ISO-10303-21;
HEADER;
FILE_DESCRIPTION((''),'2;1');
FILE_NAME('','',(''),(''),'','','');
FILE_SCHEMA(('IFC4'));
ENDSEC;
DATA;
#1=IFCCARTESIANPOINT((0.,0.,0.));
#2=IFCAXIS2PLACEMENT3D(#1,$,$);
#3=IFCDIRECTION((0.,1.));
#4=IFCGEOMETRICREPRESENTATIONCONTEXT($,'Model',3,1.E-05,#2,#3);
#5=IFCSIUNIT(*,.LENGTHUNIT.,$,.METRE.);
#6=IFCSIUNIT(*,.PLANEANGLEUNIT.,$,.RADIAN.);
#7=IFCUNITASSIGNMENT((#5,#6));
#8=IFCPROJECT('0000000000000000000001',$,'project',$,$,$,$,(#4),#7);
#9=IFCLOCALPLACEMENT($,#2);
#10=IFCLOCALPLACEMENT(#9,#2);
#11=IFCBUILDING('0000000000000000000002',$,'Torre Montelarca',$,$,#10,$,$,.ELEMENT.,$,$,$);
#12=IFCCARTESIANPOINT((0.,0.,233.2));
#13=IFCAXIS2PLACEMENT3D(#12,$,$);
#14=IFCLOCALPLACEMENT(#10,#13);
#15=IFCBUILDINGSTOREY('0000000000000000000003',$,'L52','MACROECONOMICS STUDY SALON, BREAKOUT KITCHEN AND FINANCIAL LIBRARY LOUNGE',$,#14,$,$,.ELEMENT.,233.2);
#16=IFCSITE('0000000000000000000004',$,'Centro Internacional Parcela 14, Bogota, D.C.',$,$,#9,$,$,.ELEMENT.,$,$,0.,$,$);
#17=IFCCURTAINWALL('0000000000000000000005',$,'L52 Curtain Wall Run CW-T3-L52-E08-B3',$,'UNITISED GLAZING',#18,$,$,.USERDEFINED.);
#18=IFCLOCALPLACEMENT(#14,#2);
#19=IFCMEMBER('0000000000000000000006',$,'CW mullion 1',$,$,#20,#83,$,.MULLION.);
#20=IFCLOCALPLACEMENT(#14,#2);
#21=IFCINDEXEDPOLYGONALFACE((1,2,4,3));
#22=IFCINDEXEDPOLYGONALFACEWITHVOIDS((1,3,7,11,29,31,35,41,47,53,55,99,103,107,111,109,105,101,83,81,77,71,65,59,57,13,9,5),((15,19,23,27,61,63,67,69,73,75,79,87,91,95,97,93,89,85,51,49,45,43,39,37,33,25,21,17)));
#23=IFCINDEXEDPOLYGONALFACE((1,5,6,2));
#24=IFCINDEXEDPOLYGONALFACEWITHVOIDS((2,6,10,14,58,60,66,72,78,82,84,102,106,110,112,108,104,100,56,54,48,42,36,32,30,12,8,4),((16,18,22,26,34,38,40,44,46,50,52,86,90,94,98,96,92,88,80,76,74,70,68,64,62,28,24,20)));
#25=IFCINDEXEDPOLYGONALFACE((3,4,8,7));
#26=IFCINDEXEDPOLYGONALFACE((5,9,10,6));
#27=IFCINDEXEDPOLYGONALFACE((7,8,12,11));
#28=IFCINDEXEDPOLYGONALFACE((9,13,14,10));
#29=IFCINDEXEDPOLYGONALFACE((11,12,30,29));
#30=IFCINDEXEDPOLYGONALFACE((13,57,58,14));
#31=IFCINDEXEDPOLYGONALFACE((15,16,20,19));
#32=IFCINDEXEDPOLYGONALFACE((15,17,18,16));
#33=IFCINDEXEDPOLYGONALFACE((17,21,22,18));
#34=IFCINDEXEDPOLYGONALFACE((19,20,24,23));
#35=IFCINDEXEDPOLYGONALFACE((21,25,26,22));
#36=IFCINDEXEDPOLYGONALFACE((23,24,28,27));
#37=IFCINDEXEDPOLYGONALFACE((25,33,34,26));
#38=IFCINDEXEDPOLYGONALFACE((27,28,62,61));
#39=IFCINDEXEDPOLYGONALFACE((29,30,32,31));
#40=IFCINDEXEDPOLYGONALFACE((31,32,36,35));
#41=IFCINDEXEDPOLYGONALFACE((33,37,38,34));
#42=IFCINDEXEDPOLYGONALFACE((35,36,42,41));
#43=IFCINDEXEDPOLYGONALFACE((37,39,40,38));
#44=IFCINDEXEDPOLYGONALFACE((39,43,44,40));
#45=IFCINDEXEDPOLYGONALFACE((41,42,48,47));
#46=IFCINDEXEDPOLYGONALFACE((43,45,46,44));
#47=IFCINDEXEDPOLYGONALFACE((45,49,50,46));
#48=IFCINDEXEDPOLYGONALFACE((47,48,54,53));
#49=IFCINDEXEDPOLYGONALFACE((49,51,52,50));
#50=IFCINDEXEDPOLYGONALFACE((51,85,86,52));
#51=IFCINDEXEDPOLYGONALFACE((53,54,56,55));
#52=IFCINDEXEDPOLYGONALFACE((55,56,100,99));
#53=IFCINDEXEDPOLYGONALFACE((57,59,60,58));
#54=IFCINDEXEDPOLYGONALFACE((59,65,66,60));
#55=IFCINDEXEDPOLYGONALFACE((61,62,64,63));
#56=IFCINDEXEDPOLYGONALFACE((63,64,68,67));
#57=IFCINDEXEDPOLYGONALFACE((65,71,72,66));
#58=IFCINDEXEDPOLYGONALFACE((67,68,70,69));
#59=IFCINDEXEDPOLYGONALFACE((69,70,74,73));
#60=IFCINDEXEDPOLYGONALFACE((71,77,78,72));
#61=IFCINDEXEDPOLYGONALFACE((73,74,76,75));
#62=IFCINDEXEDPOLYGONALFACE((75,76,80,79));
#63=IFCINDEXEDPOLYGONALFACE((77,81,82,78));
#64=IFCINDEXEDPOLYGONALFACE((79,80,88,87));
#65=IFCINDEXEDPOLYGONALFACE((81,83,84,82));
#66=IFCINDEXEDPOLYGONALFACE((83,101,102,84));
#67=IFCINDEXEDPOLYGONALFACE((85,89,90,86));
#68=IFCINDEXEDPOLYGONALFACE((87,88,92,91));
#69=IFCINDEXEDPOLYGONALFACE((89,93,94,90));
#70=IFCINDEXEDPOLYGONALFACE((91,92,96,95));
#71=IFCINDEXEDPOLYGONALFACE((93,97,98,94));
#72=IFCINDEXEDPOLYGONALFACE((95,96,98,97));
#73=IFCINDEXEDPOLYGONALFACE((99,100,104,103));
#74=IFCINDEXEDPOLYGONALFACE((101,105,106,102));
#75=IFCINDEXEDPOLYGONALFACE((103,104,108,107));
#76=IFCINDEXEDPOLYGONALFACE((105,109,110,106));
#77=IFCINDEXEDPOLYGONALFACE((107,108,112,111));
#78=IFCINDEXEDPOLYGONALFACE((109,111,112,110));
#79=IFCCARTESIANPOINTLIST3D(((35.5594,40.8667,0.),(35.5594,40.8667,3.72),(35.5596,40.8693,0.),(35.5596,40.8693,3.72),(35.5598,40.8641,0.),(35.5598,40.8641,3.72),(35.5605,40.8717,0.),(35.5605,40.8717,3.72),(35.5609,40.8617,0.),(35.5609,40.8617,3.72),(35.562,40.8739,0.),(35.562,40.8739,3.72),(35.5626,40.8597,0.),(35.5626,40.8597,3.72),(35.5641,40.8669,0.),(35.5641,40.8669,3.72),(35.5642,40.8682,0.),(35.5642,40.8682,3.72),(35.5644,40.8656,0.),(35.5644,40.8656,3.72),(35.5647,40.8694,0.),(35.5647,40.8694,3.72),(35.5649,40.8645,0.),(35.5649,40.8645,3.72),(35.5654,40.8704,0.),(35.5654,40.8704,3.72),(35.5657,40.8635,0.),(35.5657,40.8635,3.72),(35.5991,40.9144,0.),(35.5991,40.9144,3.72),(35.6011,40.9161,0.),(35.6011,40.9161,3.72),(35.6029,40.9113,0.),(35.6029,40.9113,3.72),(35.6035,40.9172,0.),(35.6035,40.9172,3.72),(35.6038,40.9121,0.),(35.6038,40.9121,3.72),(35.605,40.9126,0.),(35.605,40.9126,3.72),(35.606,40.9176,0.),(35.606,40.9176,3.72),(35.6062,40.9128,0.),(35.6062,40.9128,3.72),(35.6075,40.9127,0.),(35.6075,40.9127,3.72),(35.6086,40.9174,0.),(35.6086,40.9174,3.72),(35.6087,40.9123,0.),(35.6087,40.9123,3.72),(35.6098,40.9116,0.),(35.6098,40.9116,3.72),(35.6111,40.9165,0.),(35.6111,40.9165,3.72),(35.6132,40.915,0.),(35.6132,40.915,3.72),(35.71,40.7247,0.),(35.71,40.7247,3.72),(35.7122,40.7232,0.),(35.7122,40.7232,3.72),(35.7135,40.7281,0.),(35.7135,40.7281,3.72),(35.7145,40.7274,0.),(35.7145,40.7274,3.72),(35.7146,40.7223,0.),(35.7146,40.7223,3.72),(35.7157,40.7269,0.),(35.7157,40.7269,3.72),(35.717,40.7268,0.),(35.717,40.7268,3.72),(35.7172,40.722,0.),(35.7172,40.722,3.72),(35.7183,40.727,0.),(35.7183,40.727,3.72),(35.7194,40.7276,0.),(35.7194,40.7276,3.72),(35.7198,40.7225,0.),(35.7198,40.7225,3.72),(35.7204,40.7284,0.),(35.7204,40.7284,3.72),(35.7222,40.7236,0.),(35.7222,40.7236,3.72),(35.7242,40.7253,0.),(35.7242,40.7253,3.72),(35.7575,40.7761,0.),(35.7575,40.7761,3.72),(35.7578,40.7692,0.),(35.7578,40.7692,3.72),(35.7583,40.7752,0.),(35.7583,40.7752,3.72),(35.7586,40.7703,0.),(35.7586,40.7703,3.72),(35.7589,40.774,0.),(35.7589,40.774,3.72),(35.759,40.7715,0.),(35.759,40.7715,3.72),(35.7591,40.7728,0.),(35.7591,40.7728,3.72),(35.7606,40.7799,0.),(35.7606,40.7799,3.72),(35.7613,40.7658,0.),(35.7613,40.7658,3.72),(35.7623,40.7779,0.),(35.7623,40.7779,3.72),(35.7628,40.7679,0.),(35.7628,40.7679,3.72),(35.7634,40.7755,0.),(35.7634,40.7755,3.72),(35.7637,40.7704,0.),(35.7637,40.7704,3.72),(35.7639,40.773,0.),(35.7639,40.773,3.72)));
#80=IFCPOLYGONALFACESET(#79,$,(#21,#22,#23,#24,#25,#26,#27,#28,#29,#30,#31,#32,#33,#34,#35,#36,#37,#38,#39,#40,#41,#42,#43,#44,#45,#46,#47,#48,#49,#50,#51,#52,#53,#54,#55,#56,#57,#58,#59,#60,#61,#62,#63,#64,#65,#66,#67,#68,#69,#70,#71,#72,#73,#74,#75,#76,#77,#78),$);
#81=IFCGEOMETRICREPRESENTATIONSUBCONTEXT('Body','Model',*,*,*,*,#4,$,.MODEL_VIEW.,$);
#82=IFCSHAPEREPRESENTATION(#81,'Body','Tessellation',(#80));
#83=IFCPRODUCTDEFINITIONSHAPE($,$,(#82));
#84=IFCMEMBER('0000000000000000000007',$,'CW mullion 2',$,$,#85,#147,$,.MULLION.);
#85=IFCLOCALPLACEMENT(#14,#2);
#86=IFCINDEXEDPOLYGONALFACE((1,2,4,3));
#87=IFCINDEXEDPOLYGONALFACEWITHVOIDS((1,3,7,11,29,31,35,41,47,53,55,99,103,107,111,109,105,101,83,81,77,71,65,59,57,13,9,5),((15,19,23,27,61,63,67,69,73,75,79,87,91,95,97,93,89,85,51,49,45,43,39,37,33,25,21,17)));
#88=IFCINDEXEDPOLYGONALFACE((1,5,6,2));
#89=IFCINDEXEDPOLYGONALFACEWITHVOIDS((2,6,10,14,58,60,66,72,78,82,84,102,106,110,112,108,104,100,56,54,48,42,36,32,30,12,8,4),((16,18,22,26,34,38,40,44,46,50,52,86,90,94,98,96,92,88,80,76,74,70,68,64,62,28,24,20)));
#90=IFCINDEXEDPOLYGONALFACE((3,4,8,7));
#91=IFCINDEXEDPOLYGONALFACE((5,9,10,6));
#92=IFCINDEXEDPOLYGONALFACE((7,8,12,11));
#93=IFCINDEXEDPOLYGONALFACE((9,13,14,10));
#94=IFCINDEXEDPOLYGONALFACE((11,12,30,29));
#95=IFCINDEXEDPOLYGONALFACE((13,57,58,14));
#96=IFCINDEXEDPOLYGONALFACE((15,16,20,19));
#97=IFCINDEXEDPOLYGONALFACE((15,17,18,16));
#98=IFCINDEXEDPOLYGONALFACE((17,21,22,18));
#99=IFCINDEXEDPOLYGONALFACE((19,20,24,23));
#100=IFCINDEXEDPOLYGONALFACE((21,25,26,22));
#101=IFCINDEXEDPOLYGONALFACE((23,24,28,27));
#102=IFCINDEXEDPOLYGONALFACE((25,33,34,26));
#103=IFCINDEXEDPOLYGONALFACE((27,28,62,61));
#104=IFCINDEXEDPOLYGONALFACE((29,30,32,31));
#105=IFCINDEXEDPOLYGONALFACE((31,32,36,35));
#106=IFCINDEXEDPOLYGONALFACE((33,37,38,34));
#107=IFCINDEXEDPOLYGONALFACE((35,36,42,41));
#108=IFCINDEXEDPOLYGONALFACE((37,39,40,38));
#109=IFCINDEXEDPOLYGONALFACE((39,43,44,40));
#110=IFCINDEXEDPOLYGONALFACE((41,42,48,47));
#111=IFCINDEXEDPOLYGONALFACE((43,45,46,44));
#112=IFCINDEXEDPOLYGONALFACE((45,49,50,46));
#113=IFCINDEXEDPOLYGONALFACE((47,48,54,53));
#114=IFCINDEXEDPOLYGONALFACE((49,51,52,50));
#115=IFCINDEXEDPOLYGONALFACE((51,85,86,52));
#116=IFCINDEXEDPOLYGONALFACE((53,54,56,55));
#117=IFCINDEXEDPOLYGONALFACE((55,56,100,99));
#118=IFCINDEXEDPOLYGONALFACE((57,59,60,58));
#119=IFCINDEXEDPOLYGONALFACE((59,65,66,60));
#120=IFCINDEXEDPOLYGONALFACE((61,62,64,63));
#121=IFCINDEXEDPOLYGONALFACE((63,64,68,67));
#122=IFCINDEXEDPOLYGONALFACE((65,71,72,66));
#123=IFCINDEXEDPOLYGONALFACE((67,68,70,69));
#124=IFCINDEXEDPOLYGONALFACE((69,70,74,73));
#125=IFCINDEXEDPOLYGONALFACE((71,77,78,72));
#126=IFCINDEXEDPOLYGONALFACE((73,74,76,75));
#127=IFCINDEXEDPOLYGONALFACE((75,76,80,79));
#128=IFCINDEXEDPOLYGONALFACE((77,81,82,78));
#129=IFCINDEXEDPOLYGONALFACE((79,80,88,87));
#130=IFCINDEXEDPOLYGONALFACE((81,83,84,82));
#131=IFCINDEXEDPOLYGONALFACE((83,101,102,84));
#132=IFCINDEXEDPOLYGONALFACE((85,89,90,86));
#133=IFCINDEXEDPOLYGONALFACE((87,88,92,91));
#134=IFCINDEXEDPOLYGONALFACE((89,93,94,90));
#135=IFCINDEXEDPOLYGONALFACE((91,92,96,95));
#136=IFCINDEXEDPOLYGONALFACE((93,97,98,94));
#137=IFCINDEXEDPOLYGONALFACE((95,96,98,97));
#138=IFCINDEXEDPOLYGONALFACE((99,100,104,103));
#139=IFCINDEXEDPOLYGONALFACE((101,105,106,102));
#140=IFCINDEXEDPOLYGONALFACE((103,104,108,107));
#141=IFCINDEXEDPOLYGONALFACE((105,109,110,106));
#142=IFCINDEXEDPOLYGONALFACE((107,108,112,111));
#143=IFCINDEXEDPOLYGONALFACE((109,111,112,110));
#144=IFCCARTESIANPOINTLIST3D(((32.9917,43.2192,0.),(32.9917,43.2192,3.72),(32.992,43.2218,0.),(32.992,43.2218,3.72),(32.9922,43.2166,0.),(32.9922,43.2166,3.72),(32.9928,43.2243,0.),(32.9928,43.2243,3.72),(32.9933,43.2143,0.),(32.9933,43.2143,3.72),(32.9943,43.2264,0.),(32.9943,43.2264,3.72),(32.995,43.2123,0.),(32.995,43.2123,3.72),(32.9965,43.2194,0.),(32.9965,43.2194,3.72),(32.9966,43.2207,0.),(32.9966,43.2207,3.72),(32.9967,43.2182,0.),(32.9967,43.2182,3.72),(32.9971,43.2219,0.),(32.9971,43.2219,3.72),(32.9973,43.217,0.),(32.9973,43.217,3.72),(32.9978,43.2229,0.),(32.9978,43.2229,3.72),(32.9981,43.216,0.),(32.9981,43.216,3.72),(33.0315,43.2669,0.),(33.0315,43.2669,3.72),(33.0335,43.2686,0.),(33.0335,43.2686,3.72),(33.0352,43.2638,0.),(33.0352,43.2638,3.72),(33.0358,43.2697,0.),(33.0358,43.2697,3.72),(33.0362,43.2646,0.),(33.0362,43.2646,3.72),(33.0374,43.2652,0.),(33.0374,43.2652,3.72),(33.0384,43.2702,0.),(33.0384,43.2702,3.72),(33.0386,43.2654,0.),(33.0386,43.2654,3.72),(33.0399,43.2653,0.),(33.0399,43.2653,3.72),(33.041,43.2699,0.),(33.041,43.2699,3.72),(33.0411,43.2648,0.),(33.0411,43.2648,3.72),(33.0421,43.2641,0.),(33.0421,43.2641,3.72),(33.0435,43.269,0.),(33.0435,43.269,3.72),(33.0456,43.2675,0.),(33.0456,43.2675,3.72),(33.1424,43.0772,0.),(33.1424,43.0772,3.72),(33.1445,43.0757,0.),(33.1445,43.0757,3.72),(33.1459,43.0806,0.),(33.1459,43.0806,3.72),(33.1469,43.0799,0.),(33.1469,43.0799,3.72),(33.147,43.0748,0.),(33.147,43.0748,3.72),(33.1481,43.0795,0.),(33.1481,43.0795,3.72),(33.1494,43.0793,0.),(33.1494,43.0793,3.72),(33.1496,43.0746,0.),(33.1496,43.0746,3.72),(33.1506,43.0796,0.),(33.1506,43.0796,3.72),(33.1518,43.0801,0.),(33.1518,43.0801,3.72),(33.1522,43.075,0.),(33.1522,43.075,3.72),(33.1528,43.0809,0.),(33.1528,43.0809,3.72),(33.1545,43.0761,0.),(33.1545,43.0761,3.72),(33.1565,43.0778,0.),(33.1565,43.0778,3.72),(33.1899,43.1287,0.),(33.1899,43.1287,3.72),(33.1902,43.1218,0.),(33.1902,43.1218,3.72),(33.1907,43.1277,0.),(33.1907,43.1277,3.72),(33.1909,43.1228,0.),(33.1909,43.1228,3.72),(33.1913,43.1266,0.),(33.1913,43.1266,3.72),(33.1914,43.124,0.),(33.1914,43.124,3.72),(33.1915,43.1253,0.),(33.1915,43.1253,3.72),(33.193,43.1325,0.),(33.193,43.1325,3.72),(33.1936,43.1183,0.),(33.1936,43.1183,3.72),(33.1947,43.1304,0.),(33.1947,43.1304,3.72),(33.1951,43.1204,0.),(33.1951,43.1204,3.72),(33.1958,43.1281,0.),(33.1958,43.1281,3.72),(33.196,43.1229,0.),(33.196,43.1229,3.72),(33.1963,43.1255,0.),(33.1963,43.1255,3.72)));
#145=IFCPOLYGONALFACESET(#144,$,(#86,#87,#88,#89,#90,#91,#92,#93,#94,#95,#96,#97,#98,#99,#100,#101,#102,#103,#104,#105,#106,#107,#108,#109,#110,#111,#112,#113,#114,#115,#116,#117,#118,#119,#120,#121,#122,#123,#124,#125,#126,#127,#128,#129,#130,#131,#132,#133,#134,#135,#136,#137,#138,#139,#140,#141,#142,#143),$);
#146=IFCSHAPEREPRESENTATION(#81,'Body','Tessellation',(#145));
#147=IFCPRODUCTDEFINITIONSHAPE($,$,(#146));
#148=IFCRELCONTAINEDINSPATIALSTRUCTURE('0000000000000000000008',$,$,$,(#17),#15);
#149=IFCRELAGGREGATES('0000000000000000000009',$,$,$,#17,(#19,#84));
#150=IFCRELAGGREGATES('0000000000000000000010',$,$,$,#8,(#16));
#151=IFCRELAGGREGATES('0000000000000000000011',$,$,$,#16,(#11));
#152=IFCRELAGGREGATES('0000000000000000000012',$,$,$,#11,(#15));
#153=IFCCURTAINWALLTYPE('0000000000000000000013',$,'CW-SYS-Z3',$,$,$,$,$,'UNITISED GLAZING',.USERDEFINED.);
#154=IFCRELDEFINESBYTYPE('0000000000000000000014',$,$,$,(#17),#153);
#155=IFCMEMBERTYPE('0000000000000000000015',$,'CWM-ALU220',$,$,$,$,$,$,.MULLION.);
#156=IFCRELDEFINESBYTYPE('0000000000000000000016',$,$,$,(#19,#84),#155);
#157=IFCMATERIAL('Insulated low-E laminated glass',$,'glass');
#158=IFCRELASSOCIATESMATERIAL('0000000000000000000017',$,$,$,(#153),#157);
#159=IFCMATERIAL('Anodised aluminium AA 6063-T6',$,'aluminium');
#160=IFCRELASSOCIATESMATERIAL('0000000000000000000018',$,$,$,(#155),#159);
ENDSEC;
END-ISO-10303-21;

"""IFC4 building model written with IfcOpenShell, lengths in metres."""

from ifc_helpers import new_model, si_unit, direction, frame, origin, origin_2d, place, context, subcontext, project, spatial, hollow_rectangle, extrude, source, transform, mapped, material, material_profile, profile_set, type_object, element, aggregate, save


model = new_model("IFC4")

# Units and contexts
model_context = context("Model", 3, precision=1e-05, world=origin(), true_north=direction((0.0, 1.0)))
body_context = subcontext(model_context, "Body", "Model", "MODEL_VIEW")
ifc_project = project(units=[si_unit("LENGTHUNIT", "METRE"), si_unit("PLANEANGLEUNIT", "RADIAN")], contexts=[model_context])

# Site, building, storey
site_placement = place(None, origin())
site = spatial("IfcSite", under=ifc_project, at=site_placement, Name="Centro Internacional Parcela 14, Bogota, D.C.", CompositionType="ELEMENT", RefElevation=0.0)
building_placement = place(site_placement, origin())
building = spatial("IfcBuilding", under=site, at=building_placement, Name="Torre Montelarca", CompositionType="ELEMENT")
storey_placement = place(building_placement, frame((0.0, 0.0, 233.2)))
storey = spatial("IfcBuildingStorey", under=building, at=storey_placement, Name="L52", Description="MACROECONOMICS STUDY SALON, BREAKOUT KITCHEN AND FINANCIAL LIBRARY LOUNGE", CompositionType="ELEMENT", Elevation=233.2)

# Curtain wall
ifc_material_1 = material(Name="Insulated low-E laminated glass", Category="glass")
curtain_wall_type = type_object("IfcCurtainWallType", Name="CW-SYS-Z3", ElementType="UNITISED GLAZING", PredefinedType="USERDEFINED", material=ifc_material_1)
ifc_material_2 = material(Name="Anodised aluminium AA 6063-T6", Category="aluminium")
curtain_wall_1_placement = place(storey_placement, origin())
curtain_wall_1 = element("IfcCurtainWall", 1, at=curtain_wall_1_placement, inside=storey, type_object=curtain_wall_type, Name="L52 Curtain Wall Run CW-T3-L52-E08-B3", ObjectType="UNITISED GLAZING", PredefinedType="USERDEFINED")
ifc_material_profile_1 = material_profile(ifc_material_2, hollow_rectangle(XDim=0.075, YDim=0.22, WallThickness=0.0049, InnerFilletRadius=0.0049, OuterFilletRadius=0.01, at=origin_2d()), Name="ALU75X220X5", Category="aluminium")
ifc_profile_set_1 = profile_set([ifc_material_profile_1], Name="Anodised aluminium AA 6063-T6")
member_type_1 = type_object("IfcMemberType", Name="CWM-ALU220", PredefinedType="MULLION", material=ifc_profile_set_1)
shared_shape_1 = source(origin(), body_context, "Body", "SweptSolid", [
    extrude(hollow_rectangle(XDim=0.075, YDim=0.22, WallThickness=0.0049, InnerFilletRadius=0.0049, OuterFilletRadius=0.01, at=origin_2d()), origin(), (0.0, 0.0, 1.0), 3.72),
])

# Members
member_1_placement = place(storey_placement, frame((35.6616, 40.8198, 0.0), z_axis=(0.0, 0.0, 1.0), x_axis=(-0.675588, -0.737279, 0.0)))
member_1 = element("IfcMember", 2, at=member_1_placement, type_object=member_type_1, Name="CW mullion 1", PredefinedType="MULLION", context=body_context, shape_type="MappedRepresentation", body=[
    mapped(shared_shape_1, transform((0.0, 0.0, 0.0), scale=1.0)),
])
member_2_placement = place(storey_placement, frame((33.094, 43.1724, 0.0), z_axis=(0.0, 0.0, 1.0), x_axis=(-0.675588, -0.737279, 0.0)))
member_2 = element("IfcMember", 3, at=member_2_placement, type_object=member_type_1, Name="CW mullion 2", PredefinedType="MULLION", context=body_context, shape_type="MappedRepresentation", body=[
    mapped(shared_shape_1, transform((0.0, 0.0, 0.0), scale=1.0)),
])

aggregate(curtain_wall_1, [member_1, member_2])

save(model, "model.ifc")
